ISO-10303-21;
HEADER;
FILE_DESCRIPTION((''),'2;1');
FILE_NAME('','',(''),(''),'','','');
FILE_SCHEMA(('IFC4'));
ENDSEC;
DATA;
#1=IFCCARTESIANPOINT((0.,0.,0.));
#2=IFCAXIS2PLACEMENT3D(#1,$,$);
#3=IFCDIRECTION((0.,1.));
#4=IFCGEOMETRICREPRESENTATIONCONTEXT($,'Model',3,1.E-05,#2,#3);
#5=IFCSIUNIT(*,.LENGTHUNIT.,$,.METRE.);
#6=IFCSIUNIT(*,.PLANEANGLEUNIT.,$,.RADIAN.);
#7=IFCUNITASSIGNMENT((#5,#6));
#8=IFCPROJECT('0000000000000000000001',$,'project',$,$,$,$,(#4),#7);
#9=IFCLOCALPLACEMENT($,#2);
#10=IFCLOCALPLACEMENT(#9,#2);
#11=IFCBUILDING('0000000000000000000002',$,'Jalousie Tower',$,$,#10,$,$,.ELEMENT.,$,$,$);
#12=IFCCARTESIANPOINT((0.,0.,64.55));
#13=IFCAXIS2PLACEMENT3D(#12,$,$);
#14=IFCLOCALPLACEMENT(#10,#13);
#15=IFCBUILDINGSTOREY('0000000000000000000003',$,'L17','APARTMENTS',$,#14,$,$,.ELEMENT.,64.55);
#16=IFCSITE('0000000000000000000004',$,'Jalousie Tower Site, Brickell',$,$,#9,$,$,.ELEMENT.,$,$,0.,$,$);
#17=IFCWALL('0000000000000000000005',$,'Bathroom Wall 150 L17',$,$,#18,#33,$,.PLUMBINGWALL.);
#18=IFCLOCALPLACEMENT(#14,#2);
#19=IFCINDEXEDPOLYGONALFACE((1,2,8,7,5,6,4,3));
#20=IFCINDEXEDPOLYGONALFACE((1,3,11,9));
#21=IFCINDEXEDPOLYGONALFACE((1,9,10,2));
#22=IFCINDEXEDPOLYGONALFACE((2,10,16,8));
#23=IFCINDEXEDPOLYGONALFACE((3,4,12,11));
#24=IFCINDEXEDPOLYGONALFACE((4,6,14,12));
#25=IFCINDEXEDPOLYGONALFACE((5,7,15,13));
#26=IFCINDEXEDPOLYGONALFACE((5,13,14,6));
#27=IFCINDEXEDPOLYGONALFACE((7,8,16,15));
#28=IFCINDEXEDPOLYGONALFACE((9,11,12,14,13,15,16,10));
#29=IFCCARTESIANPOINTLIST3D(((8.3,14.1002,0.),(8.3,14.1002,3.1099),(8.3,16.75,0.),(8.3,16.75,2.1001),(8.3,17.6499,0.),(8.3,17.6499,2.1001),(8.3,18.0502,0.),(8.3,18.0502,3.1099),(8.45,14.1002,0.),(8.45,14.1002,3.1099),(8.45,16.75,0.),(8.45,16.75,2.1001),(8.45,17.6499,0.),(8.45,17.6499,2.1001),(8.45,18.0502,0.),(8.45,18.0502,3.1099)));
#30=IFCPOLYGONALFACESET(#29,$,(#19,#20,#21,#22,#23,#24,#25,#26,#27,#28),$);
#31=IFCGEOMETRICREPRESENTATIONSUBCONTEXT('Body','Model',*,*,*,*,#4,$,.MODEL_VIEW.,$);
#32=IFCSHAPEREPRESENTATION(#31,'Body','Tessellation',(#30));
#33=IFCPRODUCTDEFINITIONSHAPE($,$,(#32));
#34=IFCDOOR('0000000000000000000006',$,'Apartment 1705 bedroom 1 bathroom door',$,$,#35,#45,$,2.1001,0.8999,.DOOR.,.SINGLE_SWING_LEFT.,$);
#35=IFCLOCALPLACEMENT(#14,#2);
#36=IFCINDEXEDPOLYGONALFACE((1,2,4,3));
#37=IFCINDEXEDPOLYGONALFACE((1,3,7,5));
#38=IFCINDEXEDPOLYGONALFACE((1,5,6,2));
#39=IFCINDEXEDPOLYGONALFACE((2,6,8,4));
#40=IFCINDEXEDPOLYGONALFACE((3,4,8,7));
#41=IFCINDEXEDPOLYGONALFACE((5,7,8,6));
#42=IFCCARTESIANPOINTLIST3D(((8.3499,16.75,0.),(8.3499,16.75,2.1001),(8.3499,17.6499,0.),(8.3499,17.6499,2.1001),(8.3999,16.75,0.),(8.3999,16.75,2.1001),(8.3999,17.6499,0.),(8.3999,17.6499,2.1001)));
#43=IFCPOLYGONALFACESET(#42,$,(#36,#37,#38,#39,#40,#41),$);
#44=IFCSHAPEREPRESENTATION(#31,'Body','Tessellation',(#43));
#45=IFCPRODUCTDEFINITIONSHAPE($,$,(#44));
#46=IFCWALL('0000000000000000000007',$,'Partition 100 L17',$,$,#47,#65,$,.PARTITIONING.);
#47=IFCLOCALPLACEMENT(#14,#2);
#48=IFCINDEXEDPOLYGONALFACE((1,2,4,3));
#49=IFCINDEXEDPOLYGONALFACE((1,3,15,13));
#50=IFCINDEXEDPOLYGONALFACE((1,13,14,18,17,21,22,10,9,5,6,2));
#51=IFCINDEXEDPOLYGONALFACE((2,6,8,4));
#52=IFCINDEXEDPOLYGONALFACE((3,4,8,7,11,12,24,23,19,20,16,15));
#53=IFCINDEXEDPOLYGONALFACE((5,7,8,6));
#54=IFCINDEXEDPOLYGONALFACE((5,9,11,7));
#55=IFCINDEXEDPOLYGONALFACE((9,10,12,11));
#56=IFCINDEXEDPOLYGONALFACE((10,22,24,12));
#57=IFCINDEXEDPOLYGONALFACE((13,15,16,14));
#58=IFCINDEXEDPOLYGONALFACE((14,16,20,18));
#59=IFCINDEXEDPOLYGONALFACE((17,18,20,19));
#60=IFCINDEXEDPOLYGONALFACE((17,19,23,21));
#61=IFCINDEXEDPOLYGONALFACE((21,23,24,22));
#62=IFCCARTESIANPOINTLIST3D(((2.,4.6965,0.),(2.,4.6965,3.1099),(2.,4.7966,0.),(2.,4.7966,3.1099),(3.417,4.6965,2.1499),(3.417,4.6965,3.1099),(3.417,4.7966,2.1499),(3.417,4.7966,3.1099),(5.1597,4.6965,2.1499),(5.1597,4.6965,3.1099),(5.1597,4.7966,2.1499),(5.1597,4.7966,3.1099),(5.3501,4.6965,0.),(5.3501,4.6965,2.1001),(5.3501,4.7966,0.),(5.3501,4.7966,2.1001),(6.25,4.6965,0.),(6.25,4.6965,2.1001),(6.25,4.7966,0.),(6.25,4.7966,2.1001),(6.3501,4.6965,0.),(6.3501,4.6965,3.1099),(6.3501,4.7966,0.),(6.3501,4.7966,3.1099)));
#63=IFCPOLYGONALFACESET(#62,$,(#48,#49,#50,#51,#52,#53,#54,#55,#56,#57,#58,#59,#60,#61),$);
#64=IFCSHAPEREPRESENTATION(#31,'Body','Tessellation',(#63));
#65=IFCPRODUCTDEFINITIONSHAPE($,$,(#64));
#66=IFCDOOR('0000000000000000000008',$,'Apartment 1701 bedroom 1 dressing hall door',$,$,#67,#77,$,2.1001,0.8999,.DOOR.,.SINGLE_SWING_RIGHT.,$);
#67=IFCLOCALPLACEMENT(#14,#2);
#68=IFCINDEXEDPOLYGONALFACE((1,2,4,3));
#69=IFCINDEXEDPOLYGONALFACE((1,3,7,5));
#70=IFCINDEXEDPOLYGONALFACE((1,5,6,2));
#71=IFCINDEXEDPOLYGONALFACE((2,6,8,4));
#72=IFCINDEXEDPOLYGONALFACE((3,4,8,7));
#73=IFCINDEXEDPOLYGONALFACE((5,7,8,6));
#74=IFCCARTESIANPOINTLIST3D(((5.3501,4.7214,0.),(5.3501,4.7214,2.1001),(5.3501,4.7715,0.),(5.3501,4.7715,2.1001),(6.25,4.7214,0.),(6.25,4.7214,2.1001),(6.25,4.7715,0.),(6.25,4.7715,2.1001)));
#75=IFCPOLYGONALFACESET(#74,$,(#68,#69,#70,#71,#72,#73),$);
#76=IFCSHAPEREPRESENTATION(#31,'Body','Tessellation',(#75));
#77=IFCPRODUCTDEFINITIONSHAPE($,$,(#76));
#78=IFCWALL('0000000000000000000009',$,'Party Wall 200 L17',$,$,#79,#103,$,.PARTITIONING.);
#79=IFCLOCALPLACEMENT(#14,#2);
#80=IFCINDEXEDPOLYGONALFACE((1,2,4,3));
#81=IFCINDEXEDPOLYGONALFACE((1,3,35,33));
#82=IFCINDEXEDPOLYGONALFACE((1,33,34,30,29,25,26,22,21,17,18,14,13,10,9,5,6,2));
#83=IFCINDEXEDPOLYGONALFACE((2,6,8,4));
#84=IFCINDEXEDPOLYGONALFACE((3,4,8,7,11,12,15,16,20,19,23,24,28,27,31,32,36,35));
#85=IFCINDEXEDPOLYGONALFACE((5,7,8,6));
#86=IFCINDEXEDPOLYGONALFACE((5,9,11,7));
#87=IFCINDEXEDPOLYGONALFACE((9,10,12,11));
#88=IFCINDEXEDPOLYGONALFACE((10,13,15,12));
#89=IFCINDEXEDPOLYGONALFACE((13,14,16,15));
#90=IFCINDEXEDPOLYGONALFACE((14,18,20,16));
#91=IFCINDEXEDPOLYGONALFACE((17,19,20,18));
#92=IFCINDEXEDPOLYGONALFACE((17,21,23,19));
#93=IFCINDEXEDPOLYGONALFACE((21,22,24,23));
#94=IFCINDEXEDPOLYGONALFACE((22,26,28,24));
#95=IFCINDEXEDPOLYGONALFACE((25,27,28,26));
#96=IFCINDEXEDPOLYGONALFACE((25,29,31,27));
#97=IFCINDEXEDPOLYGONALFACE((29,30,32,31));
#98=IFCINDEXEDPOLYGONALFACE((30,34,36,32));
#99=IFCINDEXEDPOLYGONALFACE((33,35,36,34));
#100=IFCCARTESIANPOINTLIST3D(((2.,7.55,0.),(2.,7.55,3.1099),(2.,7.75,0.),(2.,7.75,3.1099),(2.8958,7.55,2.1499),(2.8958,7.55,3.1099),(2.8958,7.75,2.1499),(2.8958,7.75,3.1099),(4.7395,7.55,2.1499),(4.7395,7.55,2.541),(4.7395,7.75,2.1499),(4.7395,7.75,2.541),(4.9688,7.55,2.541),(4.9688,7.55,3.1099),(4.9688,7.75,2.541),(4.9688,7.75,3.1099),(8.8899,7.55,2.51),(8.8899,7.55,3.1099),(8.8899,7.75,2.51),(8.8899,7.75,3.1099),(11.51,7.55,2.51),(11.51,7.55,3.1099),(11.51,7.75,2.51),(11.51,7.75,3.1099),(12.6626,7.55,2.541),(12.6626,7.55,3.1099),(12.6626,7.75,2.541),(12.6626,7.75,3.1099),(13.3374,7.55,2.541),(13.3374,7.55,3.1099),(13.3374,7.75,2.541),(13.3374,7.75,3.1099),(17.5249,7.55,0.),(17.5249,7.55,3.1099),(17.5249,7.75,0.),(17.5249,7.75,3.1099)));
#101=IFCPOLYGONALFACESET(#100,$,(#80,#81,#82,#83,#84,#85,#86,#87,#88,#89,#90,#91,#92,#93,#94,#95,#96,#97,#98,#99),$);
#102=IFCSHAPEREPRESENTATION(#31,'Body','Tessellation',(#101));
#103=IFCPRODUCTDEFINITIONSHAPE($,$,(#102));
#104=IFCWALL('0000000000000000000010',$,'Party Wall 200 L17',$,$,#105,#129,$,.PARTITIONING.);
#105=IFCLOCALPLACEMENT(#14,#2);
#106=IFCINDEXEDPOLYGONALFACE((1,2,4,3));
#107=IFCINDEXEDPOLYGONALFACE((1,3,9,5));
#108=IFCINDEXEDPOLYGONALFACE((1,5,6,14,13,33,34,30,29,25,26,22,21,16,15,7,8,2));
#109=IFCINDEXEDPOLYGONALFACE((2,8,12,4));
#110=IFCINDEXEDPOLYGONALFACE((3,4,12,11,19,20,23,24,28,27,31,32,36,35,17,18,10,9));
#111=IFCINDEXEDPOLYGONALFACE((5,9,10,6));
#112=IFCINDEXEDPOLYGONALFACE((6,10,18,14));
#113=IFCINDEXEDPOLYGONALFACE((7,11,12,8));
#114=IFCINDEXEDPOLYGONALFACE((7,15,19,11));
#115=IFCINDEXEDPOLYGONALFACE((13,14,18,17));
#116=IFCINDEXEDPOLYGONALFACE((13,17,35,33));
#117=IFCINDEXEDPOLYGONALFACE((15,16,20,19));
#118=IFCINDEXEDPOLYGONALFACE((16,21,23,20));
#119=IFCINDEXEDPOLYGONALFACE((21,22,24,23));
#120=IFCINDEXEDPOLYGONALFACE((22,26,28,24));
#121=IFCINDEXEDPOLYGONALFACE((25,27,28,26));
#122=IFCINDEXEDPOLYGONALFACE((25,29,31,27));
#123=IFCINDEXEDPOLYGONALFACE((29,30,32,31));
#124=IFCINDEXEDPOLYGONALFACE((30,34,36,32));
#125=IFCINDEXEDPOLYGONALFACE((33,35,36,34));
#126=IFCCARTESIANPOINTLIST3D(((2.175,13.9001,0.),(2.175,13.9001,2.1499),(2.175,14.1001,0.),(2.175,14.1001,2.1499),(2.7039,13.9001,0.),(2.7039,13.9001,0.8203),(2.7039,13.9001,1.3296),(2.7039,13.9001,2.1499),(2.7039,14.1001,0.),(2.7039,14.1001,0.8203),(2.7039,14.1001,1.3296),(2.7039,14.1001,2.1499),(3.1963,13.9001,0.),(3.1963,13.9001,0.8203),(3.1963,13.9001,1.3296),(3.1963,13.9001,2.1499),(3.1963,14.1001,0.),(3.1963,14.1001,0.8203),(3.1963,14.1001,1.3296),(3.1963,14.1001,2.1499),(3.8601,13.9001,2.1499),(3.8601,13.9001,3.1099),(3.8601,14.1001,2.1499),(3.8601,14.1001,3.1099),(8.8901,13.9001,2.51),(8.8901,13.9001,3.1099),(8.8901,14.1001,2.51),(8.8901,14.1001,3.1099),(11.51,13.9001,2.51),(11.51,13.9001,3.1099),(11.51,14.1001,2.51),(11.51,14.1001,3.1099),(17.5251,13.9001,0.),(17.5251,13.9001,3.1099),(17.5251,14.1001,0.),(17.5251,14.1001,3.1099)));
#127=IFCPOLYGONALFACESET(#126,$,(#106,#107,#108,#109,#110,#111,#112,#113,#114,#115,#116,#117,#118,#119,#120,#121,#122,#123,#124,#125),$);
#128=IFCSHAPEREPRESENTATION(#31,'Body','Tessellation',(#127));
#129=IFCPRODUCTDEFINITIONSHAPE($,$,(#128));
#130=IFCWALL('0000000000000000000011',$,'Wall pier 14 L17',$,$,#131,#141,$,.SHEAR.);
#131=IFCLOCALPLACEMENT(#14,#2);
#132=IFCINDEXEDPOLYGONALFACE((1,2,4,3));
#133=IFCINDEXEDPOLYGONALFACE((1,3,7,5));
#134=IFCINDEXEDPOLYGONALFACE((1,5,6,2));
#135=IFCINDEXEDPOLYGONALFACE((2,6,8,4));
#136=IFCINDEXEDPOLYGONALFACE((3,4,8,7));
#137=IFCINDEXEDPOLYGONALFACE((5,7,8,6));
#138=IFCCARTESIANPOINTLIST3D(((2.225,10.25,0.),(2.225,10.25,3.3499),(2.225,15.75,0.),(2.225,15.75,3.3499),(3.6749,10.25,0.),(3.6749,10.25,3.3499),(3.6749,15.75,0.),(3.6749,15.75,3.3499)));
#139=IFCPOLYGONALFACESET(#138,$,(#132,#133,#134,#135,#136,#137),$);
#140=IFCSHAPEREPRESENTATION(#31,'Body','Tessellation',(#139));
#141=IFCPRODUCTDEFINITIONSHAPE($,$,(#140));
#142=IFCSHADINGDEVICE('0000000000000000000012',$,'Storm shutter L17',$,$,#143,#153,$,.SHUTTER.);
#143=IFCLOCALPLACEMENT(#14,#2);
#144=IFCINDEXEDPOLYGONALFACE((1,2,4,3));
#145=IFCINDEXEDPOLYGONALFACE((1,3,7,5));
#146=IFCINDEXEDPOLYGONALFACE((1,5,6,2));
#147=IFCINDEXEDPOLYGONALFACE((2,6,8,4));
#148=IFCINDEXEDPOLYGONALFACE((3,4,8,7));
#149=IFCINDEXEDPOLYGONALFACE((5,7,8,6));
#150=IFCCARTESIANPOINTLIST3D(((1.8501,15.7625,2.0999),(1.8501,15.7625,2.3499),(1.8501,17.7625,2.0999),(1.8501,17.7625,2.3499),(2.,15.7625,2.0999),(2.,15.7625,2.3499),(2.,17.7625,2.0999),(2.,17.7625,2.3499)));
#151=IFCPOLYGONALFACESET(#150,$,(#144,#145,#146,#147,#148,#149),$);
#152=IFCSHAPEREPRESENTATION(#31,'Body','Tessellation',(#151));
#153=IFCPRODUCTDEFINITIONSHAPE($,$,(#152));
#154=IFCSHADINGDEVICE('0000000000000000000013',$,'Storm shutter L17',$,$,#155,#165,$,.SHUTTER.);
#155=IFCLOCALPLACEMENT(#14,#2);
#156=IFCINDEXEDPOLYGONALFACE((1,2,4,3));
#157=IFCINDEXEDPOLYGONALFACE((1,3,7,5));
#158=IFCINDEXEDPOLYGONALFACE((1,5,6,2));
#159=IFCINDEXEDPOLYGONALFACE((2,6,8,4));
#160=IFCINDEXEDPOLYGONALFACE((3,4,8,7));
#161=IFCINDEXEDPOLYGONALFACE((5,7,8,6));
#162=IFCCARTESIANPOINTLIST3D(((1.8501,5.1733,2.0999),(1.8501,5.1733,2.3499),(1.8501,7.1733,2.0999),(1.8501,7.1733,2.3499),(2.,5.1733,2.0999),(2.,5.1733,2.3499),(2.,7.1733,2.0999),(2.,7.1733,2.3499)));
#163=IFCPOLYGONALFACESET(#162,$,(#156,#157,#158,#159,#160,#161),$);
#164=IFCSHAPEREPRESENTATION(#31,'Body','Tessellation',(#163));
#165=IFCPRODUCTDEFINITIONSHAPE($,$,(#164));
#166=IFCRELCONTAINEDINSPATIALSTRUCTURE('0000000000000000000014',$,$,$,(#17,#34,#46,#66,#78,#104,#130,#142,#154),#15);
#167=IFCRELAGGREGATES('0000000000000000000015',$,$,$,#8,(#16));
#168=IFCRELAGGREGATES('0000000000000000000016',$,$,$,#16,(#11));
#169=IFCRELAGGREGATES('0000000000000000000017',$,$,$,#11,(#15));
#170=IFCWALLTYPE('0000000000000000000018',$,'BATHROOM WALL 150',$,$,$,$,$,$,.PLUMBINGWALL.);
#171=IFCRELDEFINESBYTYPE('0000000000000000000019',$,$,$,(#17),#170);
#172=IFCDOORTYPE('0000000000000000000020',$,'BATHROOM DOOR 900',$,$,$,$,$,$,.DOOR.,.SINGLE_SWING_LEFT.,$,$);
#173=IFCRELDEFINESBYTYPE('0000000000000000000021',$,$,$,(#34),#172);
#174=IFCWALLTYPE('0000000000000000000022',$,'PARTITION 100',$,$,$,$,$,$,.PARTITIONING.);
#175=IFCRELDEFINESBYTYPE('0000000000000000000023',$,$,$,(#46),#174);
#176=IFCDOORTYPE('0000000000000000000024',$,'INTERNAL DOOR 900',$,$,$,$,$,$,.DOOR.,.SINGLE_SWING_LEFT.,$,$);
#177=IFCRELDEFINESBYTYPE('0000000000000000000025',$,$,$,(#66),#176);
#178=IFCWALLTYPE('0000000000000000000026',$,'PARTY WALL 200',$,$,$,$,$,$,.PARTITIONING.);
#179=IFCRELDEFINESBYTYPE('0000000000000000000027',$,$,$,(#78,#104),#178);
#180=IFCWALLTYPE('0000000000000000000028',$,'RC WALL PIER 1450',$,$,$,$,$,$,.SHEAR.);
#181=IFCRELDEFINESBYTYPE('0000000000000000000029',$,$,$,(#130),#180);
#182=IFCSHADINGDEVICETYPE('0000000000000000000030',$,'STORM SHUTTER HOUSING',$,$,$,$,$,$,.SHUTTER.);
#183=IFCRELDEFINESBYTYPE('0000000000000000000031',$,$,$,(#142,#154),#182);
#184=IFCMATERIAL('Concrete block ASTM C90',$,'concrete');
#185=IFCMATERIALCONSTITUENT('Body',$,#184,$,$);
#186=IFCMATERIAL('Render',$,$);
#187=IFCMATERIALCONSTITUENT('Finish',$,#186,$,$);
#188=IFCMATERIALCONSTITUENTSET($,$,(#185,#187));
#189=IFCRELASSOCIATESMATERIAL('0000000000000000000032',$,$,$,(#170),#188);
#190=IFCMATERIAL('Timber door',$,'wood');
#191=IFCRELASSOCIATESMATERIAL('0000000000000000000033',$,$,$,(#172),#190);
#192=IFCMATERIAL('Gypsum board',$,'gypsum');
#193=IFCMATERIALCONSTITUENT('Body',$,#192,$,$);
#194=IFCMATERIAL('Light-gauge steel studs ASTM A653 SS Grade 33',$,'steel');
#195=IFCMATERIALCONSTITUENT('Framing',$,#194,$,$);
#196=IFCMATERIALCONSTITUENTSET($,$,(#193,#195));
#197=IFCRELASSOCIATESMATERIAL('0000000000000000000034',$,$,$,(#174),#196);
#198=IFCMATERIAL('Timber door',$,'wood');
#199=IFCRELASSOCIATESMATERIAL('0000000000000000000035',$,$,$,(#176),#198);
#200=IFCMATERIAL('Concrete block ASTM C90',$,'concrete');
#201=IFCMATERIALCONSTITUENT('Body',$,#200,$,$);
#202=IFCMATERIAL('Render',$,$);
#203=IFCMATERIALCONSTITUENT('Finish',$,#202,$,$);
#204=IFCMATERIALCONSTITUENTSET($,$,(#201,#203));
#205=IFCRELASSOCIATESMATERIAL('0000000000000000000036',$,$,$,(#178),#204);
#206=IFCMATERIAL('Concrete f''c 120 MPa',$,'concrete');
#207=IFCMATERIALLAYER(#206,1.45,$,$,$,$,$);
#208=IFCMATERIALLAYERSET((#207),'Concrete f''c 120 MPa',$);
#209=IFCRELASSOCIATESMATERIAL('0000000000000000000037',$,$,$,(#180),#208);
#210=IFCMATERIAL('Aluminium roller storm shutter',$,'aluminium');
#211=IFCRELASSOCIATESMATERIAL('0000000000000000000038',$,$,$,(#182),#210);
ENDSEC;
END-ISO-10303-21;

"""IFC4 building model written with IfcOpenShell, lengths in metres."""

from ifc_helpers import new_model, si_unit, direction, frame, frame_2d, origin, origin_2d, place, context, subcontext, project, spatial, polyline, rectangle, outline, extrude, material, layer, layer_set, constituent, constituent_set, type_object, element, fill, save


model = new_model("IFC4")

# Units and contexts
model_context = context("Model", 3, precision=1e-05, world=origin(), true_north=direction((0.0, 1.0)))
body_context = subcontext(model_context, "Body", "Model", "MODEL_VIEW")
ifc_project = project(units=[si_unit("LENGTHUNIT", "METRE"), si_unit("PLANEANGLEUNIT", "RADIAN")], contexts=[model_context])

# Site, building, storey
site_placement = place(None, origin())
site = spatial("IfcSite", under=ifc_project, at=site_placement, Name="Jalousie Tower Site, Brickell", CompositionType="ELEMENT", RefElevation=0.0)
building_placement = place(site_placement, origin())
building = spatial("IfcBuilding", under=site, at=building_placement, Name="Jalousie Tower", CompositionType="ELEMENT")
storey_placement = place(building_placement, frame((0.0, 0.0, 64.55)))
storey = spatial("IfcBuildingStorey", under=building, at=storey_placement, Name="L17", Description="APARTMENTS", CompositionType="ELEMENT", Elevation=64.55)

# Walls, openings, doors
ifc_material_1 = material(Name="Concrete block ASTM C90", Category="concrete")
ifc_constituent_1 = constituent(ifc_material_1, Name="Body")
ifc_material_2 = material(Name="Render")
ifc_constituent_2 = constituent(ifc_material_2, Name="Finish")
ifc_constituent_set_1 = constituent_set(constituents=[ifc_constituent_1, ifc_constituent_2])
wall_type_1 = type_object("IfcWallType", Name="BATHROOM WALL 150", PredefinedType="PLUMBINGWALL", material=ifc_constituent_set_1)
ifc_material_3 = material(Name="Timber door", Category="wood")
door_type_1 = type_object("IfcDoorType", Name="BATHROOM DOOR 900", OperationType="SINGLE_SWING_LEFT", PredefinedType="DOOR", material=ifc_material_3)
wall_1_placement = place(storey_placement, frame((8.375, 14.1001, 0.0), z_axis=(0.0, 0.0, 1.0), x_axis=(0.0, 1.0, 0.0)))
wall_1 = element("IfcWall", 1, at=wall_1_placement, inside=storey, type_object=wall_type_1, Name="Bathroom Wall 150 L17", PredefinedType="PLUMBINGWALL", context=body_context, shape_type="SweptSolid", body=[
    extrude(rectangle(XDim=3.95, YDim=0.1499, at=frame_2d((1.9751, 0.0))), origin(), (0.0, 0.0, 1.0), 3.1099),
])
opening_1_placement = place(wall_1_placement, frame((2.6499, 0.0, 0.0)))
opening_1 = element("IfcOpeningElement", 2, at=opening_1_placement, cuts=wall_1, PredefinedType="OPENING", context=body_context, shape_type="SweptSolid", body=[
    extrude(rectangle(XDim=0.8999, YDim=2.1001, at=frame_2d((0.45, 1.05))), frame((0.0, 0.085, 0.0), z_axis=(0.0, -1.0, 0.0), x_axis=(1.0, 0.0, 0.0)), (0.0, 0.0, 1.0), 0.1699),
])
door_1_placement = place(opening_1_placement, frame((0.8999, 0.0, 0.0), z_axis=(0.0, 0.0, 1.0), x_axis=(-1.0, 0.0, 0.0)))
door_1 = element("IfcDoor", 3, at=door_1_placement, inside=storey, type_object=door_type_1, Name="Apartment 1705 bedroom 1 bathroom door", OperationType="SINGLE_SWING_LEFT", OverallHeight=2.1001, OverallWidth=0.8999, PredefinedType="DOOR", context=body_context, shape_type="SweptSolid", body=[
    extrude(rectangle(XDim=0.8999, YDim=2.1001, at=frame_2d((0.45, 1.05))), frame((0.0, 0.0249, 0.0), z_axis=(0.0, -1.0, 0.0), x_axis=(1.0, 0.0, 0.0)), (0.0, 0.0, 1.0), 0.05),
])
fill(opening_1, door_1)
ifc_material_4 = material(Name="Gypsum board", Category="gypsum")
ifc_constituent_3 = constituent(ifc_material_4, Name="Body")
ifc_material_5 = material(Name="Light-gauge steel studs ASTM A653 SS Grade 33", Category="steel")
ifc_constituent_4 = constituent(ifc_material_5, Name="Framing")
ifc_constituent_set_2 = constituent_set(constituents=[ifc_constituent_3, ifc_constituent_4])
wall_type_2 = type_object("IfcWallType", Name="PARTITION 100", PredefinedType="PARTITIONING", material=ifc_constituent_set_2)
wall_2_placement = place(storey_placement, frame((2.0, 4.7466, 0.0), z_axis=(0.0, 0.0, 1.0), x_axis=(1.0, 0.0, 0.0)))
wall_2 = element("IfcWall", 4, at=wall_2_placement, inside=storey, type_object=wall_type_2, Name="Partition 100 L17", PredefinedType="PARTITIONING", context=body_context, shape_type="SweptSolid", body=[
    extrude(outline(polyline([(0.0, 0.0), (4.3501, 0.0), (4.3501, 3.1099), (3.1597, 3.1099), (3.1597, 2.1499), (1.417, 2.1499), (1.417, 3.1099), (0.0, 3.1099), (0.0, 0.0)])), frame((0.0, 0.05, 0.0), z_axis=(0.0, -1.0, 0.0), x_axis=(1.0, 0.0, 0.0)), (0.0, 0.0, 1.0), 0.1001),
])
opening_2_placement = place(wall_2_placement, frame((3.3501, 0.0, 0.0)))
opening_2 = element("IfcOpeningElement", 5, at=opening_2_placement, cuts=wall_2, PredefinedType="OPENING", context=body_context, shape_type="SweptSolid", body=[
    extrude(rectangle(XDim=0.8999, YDim=2.1001, at=frame_2d((0.45, 1.05))), frame((0.0, 0.0601, 0.0), z_axis=(0.0, -1.0, 0.0), x_axis=(1.0, 0.0, 0.0)), (0.0, 0.0, 1.0), 0.1201),
])
ifc_material_6 = material(Name="Timber door", Category="wood")
door_type_2 = type_object("IfcDoorType", Name="INTERNAL DOOR 900", OperationType="SINGLE_SWING_LEFT", PredefinedType="DOOR", material=ifc_material_6)
door_2_placement = place(opening_2_placement, origin())
door_2 = element("IfcDoor", 6, at=door_2_placement, inside=storey, type_object=door_type_2, Name="Apartment 1701 bedroom 1 dressing hall door", OperationType="SINGLE_SWING_RIGHT", OverallHeight=2.1001, OverallWidth=0.8999, PredefinedType="DOOR", context=body_context, shape_type="SweptSolid", body=[
    extrude(rectangle(XDim=0.8999, YDim=2.1001, at=frame_2d((0.45, 1.05))), frame((0.0, 0.0249, 0.0), z_axis=(0.0, -1.0, 0.0), x_axis=(1.0, 0.0, 0.0)), (0.0, 0.0, 1.0), 0.05),
])
fill(opening_2, door_2)

# Walls
ifc_material_7 = material(Name="Concrete block ASTM C90", Category="concrete")
ifc_constituent_5 = constituent(ifc_material_7, Name="Body")
ifc_material_8 = material(Name="Render")
ifc_constituent_6 = constituent(ifc_material_8, Name="Finish")
ifc_constituent_set_3 = constituent_set(constituents=[ifc_constituent_5, ifc_constituent_6])
wall_type_3 = type_object("IfcWallType", Name="PARTY WALL 200", PredefinedType="PARTITIONING", material=ifc_constituent_set_3)
wall_3_placement = place(storey_placement, frame((2.0, 7.6499, 0.0), z_axis=(0.0, 0.0, 1.0), x_axis=(1.0, 0.0, 0.0)))
element("IfcWall", 7, at=wall_3_placement, inside=storey, type_object=wall_type_3, Name="Party Wall 200 L17", PredefinedType="PARTITIONING", context=body_context, shape_type="SweptSolid", body=[
    extrude(outline(polyline([(0.0, 0.0), (15.5249, 0.0), (15.5249, 3.1099), (11.3374, 3.1099), (11.3374, 2.541), (10.6626, 2.541), (10.6626, 3.1099), (9.51, 3.1099), (9.51, 2.51), (6.8899, 2.51), (6.8899, 3.1099), (2.9688, 3.1099), (2.9688, 2.541), (2.7395, 2.541), (2.7395, 2.1499), (0.8958, 2.1499), (0.8958, 3.1099), (0.0, 3.1099), (0.0, 0.0)])), frame((0.0, 0.1001, 0.0), z_axis=(0.0, -1.0, 0.0), x_axis=(1.0, 0.0, 0.0)), (0.0, 0.0, 1.0), 0.2),
])
wall_4_placement = place(storey_placement, frame((2.175, 14.0, 0.0), z_axis=(0.0, 0.0, 1.0), x_axis=(1.0, 0.0, 0.0)))
element("IfcWall", 8, at=wall_4_placement, inside=storey, type_object=wall_type_3, Name="Party Wall 200 L17", PredefinedType="PARTITIONING", context=body_context, shape_type="SweptSolid", body=[
    extrude(outline(polyline([(0.5288, 2.1499), (0.0, 2.1499), (0.0, 0.0), (0.5288, 0.0), (0.5288, 0.8203), (1.0212, 0.8203), (1.0212, 0.0), (15.3501, 0.0), (15.3501, 3.1099), (9.335, 3.1099), (9.335, 2.51), (6.7151, 2.51), (6.7151, 3.1099), (1.6851, 3.1099), (1.6851, 2.1499), (1.0212, 2.1499), (1.0212, 1.3296), (0.5288, 1.3296), (0.5288, 2.1499)])), frame((0.0, 0.1001, 0.0), z_axis=(0.0, -1.0, 0.0), x_axis=(1.0, 0.0, 0.0)), (0.0, 0.0, 1.0), 0.2),
])
ifc_material_9 = material(Name="Concrete f'c 120 MPa", Category="concrete")
ifc_layer_1 = layer(ifc_material_9, 1.45)
ifc_layer_set_1 = layer_set([ifc_layer_1], Name="Concrete f'c 120 MPa")
wall_type_4 = type_object("IfcWallType", Name="RC WALL PIER 1450", PredefinedType="SHEAR", material=ifc_layer_set_1)
wall_5_placement = place(storey_placement, frame((2.95, 10.25, 0.0), z_axis=(0.0, 0.0, 1.0), x_axis=(0.0, 1.0, 0.0)))
element("IfcWall", 9, at=wall_5_placement, inside=storey, type_object=wall_type_4, Name="Wall pier 14 L17", PredefinedType="SHEAR", context=body_context, shape_type="SweptSolid", body=[
    extrude(rectangle(XDim=5.5, YDim=1.45, at=frame_2d((2.75, 0.0))), origin(), (0.0, 0.0, 1.0), 3.3499),
])

# Shading devices
ifc_material_10 = material(Name="Aluminium roller storm shutter", Category="aluminium")
shading_device_type = type_object("IfcShadingDeviceType", Name="STORM SHUTTER HOUSING", PredefinedType="SHUTTER", material=ifc_material_10)
for number, where, z_axis, x_axis, name in (
    (10, (1.925, 16.7625, 2.0999), (0.0, 0.0, 1.0), (0.0, -1.0, 0.0), "Storm shutter L17"),
    (11, (1.925, 6.1733, 2.0999), (0.0, 0.0, 1.0), (0.0, -1.0, 0.0), "Storm shutter L17"),
):
    element("IfcShadingDevice", number, at=place(storey_placement, frame(where, z_axis=z_axis, x_axis=x_axis)), inside=storey, type_object=shading_device_type, Name=name, PredefinedType="SHUTTER", context=body_context, shape_type="SweptSolid", body=[
        extrude(rectangle(XDim=2.0, YDim=0.1499, at=origin_2d()), origin(), (0.0, 0.0, 1.0), 0.25),
    ])

save(model, "model.ifc")
